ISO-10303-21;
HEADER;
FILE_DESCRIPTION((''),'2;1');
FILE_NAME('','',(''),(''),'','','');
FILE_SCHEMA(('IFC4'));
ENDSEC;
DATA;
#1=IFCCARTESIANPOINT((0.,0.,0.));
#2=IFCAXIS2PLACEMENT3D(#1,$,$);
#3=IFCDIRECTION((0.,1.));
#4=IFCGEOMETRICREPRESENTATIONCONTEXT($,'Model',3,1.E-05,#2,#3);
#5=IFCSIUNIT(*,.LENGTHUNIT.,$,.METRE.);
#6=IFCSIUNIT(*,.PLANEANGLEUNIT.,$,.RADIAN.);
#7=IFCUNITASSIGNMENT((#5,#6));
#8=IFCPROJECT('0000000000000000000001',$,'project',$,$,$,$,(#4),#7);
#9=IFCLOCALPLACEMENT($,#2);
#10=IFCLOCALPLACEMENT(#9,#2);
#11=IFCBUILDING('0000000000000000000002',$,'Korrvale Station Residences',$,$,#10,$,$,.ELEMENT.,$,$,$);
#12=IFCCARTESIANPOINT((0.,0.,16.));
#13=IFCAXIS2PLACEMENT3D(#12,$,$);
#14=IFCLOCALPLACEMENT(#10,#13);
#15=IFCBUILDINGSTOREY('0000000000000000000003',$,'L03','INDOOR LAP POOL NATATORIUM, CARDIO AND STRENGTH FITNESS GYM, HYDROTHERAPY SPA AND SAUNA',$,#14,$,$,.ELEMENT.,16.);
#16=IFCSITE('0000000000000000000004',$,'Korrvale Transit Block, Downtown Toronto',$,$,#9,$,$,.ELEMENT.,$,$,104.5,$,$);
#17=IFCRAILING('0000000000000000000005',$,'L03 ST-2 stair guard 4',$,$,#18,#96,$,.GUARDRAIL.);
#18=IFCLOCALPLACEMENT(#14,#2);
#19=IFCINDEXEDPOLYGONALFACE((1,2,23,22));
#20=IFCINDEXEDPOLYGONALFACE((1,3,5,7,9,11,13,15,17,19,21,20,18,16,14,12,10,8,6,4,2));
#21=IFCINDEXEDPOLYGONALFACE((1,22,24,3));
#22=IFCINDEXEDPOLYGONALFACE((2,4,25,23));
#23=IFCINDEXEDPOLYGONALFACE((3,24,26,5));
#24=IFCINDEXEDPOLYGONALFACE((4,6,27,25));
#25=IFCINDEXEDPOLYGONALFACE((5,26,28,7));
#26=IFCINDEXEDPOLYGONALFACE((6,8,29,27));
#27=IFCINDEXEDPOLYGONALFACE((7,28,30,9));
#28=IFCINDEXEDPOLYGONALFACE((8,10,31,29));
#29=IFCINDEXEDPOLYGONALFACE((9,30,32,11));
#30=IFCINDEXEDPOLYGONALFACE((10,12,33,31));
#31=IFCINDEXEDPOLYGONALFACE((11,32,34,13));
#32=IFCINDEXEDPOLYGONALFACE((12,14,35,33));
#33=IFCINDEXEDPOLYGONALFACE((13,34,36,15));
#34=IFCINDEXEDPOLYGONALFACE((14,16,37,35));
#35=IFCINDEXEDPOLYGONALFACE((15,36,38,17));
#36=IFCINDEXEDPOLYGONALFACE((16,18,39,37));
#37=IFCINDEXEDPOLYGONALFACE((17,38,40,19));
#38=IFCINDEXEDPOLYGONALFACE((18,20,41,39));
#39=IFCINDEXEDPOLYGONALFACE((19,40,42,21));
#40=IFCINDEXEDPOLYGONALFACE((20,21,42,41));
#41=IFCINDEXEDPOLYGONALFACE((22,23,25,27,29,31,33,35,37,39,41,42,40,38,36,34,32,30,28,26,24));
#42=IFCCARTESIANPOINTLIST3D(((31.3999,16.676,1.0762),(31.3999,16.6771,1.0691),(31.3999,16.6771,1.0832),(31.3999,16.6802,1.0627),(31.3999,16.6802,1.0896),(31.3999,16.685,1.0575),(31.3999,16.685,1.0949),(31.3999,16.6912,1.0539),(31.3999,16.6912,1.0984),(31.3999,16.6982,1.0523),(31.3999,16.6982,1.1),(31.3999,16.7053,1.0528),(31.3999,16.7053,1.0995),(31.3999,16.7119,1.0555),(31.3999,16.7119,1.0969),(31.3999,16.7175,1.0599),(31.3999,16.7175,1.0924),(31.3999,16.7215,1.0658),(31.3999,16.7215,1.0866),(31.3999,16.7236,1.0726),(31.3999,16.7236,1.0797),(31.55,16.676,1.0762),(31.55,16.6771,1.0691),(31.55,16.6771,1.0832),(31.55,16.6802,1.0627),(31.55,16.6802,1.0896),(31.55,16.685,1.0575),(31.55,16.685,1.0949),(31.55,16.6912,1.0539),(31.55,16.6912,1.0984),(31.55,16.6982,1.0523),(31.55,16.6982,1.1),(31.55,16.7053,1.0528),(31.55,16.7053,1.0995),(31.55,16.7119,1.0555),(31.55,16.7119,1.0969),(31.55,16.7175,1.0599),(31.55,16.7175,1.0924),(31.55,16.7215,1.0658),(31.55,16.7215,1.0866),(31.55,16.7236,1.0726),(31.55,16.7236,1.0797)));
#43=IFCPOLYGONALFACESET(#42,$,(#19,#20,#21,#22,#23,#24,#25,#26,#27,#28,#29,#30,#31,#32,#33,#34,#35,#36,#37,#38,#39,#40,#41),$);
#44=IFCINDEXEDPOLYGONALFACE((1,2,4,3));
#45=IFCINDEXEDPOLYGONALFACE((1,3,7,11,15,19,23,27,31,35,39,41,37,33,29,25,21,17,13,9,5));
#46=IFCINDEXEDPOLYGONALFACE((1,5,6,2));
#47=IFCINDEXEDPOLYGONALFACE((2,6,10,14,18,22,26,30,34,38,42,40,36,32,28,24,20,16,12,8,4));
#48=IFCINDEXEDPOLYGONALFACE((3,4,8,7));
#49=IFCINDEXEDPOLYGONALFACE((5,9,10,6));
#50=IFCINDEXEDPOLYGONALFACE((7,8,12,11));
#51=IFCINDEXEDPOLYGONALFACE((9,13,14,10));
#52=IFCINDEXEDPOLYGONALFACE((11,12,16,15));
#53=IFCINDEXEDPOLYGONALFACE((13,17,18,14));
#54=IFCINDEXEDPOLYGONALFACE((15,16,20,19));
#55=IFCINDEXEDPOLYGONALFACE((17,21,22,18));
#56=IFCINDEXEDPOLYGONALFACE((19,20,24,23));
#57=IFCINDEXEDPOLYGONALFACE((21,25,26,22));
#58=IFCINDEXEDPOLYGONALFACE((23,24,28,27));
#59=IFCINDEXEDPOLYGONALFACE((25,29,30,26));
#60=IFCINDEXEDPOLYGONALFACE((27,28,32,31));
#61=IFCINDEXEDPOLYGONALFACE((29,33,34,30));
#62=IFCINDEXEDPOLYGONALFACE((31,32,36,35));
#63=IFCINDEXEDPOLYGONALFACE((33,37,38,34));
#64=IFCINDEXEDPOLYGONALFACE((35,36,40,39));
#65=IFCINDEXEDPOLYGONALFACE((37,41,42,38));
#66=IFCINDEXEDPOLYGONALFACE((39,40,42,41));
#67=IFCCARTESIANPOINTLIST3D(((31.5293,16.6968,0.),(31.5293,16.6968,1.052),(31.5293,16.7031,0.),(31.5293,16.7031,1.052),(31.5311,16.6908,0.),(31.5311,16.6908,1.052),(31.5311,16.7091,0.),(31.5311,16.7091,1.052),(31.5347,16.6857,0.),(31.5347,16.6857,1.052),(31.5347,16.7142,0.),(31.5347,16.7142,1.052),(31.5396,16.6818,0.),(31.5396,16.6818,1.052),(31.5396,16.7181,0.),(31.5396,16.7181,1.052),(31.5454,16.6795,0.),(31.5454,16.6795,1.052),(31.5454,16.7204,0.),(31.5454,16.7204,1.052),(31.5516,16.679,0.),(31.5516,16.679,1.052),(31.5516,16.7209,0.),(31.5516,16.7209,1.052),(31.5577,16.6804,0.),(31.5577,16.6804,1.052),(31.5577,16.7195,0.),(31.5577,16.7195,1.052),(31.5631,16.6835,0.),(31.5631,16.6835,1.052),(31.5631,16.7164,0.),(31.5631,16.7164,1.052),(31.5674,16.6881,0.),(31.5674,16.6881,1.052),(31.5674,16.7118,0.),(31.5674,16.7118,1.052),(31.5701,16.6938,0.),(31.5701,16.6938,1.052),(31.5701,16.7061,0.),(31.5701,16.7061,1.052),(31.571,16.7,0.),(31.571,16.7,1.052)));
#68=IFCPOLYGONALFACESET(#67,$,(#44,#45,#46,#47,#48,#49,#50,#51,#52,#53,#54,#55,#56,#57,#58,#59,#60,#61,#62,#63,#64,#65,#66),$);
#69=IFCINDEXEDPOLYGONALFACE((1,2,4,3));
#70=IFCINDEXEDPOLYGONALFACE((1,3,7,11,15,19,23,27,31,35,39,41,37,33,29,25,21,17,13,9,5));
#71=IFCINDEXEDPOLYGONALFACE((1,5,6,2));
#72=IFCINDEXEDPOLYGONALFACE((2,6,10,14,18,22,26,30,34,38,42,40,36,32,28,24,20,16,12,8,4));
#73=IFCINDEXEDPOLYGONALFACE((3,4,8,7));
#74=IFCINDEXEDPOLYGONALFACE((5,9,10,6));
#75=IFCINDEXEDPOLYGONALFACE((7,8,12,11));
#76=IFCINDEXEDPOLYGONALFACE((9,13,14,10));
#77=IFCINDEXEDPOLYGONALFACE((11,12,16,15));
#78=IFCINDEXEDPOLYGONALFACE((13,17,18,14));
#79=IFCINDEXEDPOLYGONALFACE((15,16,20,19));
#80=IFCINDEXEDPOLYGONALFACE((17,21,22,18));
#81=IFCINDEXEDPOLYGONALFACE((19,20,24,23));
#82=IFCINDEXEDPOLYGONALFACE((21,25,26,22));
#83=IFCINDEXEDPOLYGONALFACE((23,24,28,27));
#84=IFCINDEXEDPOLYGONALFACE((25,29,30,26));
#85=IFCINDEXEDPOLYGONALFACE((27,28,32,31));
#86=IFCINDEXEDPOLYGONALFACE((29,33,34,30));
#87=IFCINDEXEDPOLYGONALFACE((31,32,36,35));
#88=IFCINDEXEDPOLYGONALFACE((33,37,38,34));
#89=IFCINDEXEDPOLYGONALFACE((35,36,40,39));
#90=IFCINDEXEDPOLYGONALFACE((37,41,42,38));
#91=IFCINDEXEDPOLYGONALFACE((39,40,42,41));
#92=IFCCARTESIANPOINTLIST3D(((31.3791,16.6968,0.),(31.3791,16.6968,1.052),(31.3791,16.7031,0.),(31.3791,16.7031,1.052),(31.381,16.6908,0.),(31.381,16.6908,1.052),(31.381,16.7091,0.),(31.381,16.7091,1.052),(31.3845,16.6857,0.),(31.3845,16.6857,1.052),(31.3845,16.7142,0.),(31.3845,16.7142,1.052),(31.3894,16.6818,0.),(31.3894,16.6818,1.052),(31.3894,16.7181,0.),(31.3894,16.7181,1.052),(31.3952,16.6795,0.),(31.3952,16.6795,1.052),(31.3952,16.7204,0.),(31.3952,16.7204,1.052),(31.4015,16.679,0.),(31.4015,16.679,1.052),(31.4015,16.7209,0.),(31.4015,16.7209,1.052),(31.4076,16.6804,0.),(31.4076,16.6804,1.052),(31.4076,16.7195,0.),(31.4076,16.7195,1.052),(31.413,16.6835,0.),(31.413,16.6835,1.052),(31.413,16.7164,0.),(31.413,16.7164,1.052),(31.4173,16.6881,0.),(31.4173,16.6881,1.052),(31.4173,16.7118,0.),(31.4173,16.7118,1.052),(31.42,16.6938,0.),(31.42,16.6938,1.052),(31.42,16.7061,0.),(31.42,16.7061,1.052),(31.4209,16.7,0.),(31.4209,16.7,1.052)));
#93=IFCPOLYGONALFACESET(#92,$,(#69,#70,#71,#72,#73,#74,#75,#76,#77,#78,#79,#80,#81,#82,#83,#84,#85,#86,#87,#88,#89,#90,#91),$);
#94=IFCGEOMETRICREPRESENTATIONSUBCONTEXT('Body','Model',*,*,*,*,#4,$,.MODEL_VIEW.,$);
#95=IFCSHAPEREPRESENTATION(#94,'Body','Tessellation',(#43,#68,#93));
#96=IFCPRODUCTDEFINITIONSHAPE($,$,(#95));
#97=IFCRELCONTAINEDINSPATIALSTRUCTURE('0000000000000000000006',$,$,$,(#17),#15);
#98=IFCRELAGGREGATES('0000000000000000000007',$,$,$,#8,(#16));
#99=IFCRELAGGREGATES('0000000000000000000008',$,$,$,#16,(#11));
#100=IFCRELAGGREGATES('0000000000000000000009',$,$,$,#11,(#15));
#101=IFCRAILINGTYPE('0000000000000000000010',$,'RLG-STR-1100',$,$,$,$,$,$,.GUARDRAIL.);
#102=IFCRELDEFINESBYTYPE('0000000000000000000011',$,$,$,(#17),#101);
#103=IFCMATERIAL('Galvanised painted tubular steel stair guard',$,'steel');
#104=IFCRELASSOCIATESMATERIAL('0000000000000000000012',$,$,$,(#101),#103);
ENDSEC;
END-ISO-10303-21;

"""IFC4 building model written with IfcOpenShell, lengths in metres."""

from ifc_helpers import new_model, si_unit, direction, frame, origin, origin_2d, place, context, subcontext, project, spatial, circle, extrude, material, type_object, element, save


model = new_model("IFC4")

# Units and contexts
model_context = context("Model", 3, precision=1e-05, world=origin(), true_north=direction((0.0, 1.0)))
body_context = subcontext(model_context, "Body", "Model", "MODEL_VIEW")
ifc_project = project(units=[si_unit("LENGTHUNIT", "METRE"), si_unit("PLANEANGLEUNIT", "RADIAN")], contexts=[model_context])

# Site, building, storey
site_placement = place(None, origin())
site = spatial("IfcSite", under=ifc_project, at=site_placement, Name="Korrvale Transit Block, Downtown Toronto", CompositionType="ELEMENT", RefElevation=104.5)
building_placement = place(site_placement, origin())
building = spatial("IfcBuilding", under=site, at=building_placement, Name="Korrvale Station Residences", CompositionType="ELEMENT")
storey_placement = place(building_placement, frame((0.0, 0.0, 16.0)))
storey = spatial("IfcBuildingStorey", under=building, at=storey_placement, Name="L03", Description="INDOOR LAP POOL NATATORIUM, CARDIO AND STRENGTH FITNESS GYM, HYDROTHERAPY SPA AND SAUNA", CompositionType="ELEMENT", Elevation=16.0)

# Railing
ifc_material_1 = material(Name="Galvanised painted tubular steel stair guard", Category="steel")
railing_type = type_object("IfcRailingType", Name="RLG-STR-1100", PredefinedType="GUARDRAIL", material=ifc_material_1)
railing_1_placement = place(storey_placement, frame((31.55, 16.7, 0.0)))
element("IfcRailing", 1, at=railing_1_placement, inside=storey, type_object=railing_type, Name="L03 ST-2 stair guard 4", PredefinedType="GUARDRAIL", context=body_context, shape_type="SweptSolid", body=[
    extrude(circle(Radius=0.0239, at=origin_2d()), frame((0.0, 0.0, 1.0762), z_axis=(-1.0, 0.0, 0.0), x_axis=(0.0, -1.0, 0.0)), (0.0, 0.0, 1.0), 0.1501),
    extrude(circle(Radius=0.021, at=origin_2d()), origin(), (0.0, 0.0, 1.0), 1.052),
    extrude(circle(Radius=0.021, at=origin_2d()), frame((-0.1501, 0.0, 0.0)), (0.0, 0.0, 1.0), 1.052),
])

save(model, "model.ifc")
